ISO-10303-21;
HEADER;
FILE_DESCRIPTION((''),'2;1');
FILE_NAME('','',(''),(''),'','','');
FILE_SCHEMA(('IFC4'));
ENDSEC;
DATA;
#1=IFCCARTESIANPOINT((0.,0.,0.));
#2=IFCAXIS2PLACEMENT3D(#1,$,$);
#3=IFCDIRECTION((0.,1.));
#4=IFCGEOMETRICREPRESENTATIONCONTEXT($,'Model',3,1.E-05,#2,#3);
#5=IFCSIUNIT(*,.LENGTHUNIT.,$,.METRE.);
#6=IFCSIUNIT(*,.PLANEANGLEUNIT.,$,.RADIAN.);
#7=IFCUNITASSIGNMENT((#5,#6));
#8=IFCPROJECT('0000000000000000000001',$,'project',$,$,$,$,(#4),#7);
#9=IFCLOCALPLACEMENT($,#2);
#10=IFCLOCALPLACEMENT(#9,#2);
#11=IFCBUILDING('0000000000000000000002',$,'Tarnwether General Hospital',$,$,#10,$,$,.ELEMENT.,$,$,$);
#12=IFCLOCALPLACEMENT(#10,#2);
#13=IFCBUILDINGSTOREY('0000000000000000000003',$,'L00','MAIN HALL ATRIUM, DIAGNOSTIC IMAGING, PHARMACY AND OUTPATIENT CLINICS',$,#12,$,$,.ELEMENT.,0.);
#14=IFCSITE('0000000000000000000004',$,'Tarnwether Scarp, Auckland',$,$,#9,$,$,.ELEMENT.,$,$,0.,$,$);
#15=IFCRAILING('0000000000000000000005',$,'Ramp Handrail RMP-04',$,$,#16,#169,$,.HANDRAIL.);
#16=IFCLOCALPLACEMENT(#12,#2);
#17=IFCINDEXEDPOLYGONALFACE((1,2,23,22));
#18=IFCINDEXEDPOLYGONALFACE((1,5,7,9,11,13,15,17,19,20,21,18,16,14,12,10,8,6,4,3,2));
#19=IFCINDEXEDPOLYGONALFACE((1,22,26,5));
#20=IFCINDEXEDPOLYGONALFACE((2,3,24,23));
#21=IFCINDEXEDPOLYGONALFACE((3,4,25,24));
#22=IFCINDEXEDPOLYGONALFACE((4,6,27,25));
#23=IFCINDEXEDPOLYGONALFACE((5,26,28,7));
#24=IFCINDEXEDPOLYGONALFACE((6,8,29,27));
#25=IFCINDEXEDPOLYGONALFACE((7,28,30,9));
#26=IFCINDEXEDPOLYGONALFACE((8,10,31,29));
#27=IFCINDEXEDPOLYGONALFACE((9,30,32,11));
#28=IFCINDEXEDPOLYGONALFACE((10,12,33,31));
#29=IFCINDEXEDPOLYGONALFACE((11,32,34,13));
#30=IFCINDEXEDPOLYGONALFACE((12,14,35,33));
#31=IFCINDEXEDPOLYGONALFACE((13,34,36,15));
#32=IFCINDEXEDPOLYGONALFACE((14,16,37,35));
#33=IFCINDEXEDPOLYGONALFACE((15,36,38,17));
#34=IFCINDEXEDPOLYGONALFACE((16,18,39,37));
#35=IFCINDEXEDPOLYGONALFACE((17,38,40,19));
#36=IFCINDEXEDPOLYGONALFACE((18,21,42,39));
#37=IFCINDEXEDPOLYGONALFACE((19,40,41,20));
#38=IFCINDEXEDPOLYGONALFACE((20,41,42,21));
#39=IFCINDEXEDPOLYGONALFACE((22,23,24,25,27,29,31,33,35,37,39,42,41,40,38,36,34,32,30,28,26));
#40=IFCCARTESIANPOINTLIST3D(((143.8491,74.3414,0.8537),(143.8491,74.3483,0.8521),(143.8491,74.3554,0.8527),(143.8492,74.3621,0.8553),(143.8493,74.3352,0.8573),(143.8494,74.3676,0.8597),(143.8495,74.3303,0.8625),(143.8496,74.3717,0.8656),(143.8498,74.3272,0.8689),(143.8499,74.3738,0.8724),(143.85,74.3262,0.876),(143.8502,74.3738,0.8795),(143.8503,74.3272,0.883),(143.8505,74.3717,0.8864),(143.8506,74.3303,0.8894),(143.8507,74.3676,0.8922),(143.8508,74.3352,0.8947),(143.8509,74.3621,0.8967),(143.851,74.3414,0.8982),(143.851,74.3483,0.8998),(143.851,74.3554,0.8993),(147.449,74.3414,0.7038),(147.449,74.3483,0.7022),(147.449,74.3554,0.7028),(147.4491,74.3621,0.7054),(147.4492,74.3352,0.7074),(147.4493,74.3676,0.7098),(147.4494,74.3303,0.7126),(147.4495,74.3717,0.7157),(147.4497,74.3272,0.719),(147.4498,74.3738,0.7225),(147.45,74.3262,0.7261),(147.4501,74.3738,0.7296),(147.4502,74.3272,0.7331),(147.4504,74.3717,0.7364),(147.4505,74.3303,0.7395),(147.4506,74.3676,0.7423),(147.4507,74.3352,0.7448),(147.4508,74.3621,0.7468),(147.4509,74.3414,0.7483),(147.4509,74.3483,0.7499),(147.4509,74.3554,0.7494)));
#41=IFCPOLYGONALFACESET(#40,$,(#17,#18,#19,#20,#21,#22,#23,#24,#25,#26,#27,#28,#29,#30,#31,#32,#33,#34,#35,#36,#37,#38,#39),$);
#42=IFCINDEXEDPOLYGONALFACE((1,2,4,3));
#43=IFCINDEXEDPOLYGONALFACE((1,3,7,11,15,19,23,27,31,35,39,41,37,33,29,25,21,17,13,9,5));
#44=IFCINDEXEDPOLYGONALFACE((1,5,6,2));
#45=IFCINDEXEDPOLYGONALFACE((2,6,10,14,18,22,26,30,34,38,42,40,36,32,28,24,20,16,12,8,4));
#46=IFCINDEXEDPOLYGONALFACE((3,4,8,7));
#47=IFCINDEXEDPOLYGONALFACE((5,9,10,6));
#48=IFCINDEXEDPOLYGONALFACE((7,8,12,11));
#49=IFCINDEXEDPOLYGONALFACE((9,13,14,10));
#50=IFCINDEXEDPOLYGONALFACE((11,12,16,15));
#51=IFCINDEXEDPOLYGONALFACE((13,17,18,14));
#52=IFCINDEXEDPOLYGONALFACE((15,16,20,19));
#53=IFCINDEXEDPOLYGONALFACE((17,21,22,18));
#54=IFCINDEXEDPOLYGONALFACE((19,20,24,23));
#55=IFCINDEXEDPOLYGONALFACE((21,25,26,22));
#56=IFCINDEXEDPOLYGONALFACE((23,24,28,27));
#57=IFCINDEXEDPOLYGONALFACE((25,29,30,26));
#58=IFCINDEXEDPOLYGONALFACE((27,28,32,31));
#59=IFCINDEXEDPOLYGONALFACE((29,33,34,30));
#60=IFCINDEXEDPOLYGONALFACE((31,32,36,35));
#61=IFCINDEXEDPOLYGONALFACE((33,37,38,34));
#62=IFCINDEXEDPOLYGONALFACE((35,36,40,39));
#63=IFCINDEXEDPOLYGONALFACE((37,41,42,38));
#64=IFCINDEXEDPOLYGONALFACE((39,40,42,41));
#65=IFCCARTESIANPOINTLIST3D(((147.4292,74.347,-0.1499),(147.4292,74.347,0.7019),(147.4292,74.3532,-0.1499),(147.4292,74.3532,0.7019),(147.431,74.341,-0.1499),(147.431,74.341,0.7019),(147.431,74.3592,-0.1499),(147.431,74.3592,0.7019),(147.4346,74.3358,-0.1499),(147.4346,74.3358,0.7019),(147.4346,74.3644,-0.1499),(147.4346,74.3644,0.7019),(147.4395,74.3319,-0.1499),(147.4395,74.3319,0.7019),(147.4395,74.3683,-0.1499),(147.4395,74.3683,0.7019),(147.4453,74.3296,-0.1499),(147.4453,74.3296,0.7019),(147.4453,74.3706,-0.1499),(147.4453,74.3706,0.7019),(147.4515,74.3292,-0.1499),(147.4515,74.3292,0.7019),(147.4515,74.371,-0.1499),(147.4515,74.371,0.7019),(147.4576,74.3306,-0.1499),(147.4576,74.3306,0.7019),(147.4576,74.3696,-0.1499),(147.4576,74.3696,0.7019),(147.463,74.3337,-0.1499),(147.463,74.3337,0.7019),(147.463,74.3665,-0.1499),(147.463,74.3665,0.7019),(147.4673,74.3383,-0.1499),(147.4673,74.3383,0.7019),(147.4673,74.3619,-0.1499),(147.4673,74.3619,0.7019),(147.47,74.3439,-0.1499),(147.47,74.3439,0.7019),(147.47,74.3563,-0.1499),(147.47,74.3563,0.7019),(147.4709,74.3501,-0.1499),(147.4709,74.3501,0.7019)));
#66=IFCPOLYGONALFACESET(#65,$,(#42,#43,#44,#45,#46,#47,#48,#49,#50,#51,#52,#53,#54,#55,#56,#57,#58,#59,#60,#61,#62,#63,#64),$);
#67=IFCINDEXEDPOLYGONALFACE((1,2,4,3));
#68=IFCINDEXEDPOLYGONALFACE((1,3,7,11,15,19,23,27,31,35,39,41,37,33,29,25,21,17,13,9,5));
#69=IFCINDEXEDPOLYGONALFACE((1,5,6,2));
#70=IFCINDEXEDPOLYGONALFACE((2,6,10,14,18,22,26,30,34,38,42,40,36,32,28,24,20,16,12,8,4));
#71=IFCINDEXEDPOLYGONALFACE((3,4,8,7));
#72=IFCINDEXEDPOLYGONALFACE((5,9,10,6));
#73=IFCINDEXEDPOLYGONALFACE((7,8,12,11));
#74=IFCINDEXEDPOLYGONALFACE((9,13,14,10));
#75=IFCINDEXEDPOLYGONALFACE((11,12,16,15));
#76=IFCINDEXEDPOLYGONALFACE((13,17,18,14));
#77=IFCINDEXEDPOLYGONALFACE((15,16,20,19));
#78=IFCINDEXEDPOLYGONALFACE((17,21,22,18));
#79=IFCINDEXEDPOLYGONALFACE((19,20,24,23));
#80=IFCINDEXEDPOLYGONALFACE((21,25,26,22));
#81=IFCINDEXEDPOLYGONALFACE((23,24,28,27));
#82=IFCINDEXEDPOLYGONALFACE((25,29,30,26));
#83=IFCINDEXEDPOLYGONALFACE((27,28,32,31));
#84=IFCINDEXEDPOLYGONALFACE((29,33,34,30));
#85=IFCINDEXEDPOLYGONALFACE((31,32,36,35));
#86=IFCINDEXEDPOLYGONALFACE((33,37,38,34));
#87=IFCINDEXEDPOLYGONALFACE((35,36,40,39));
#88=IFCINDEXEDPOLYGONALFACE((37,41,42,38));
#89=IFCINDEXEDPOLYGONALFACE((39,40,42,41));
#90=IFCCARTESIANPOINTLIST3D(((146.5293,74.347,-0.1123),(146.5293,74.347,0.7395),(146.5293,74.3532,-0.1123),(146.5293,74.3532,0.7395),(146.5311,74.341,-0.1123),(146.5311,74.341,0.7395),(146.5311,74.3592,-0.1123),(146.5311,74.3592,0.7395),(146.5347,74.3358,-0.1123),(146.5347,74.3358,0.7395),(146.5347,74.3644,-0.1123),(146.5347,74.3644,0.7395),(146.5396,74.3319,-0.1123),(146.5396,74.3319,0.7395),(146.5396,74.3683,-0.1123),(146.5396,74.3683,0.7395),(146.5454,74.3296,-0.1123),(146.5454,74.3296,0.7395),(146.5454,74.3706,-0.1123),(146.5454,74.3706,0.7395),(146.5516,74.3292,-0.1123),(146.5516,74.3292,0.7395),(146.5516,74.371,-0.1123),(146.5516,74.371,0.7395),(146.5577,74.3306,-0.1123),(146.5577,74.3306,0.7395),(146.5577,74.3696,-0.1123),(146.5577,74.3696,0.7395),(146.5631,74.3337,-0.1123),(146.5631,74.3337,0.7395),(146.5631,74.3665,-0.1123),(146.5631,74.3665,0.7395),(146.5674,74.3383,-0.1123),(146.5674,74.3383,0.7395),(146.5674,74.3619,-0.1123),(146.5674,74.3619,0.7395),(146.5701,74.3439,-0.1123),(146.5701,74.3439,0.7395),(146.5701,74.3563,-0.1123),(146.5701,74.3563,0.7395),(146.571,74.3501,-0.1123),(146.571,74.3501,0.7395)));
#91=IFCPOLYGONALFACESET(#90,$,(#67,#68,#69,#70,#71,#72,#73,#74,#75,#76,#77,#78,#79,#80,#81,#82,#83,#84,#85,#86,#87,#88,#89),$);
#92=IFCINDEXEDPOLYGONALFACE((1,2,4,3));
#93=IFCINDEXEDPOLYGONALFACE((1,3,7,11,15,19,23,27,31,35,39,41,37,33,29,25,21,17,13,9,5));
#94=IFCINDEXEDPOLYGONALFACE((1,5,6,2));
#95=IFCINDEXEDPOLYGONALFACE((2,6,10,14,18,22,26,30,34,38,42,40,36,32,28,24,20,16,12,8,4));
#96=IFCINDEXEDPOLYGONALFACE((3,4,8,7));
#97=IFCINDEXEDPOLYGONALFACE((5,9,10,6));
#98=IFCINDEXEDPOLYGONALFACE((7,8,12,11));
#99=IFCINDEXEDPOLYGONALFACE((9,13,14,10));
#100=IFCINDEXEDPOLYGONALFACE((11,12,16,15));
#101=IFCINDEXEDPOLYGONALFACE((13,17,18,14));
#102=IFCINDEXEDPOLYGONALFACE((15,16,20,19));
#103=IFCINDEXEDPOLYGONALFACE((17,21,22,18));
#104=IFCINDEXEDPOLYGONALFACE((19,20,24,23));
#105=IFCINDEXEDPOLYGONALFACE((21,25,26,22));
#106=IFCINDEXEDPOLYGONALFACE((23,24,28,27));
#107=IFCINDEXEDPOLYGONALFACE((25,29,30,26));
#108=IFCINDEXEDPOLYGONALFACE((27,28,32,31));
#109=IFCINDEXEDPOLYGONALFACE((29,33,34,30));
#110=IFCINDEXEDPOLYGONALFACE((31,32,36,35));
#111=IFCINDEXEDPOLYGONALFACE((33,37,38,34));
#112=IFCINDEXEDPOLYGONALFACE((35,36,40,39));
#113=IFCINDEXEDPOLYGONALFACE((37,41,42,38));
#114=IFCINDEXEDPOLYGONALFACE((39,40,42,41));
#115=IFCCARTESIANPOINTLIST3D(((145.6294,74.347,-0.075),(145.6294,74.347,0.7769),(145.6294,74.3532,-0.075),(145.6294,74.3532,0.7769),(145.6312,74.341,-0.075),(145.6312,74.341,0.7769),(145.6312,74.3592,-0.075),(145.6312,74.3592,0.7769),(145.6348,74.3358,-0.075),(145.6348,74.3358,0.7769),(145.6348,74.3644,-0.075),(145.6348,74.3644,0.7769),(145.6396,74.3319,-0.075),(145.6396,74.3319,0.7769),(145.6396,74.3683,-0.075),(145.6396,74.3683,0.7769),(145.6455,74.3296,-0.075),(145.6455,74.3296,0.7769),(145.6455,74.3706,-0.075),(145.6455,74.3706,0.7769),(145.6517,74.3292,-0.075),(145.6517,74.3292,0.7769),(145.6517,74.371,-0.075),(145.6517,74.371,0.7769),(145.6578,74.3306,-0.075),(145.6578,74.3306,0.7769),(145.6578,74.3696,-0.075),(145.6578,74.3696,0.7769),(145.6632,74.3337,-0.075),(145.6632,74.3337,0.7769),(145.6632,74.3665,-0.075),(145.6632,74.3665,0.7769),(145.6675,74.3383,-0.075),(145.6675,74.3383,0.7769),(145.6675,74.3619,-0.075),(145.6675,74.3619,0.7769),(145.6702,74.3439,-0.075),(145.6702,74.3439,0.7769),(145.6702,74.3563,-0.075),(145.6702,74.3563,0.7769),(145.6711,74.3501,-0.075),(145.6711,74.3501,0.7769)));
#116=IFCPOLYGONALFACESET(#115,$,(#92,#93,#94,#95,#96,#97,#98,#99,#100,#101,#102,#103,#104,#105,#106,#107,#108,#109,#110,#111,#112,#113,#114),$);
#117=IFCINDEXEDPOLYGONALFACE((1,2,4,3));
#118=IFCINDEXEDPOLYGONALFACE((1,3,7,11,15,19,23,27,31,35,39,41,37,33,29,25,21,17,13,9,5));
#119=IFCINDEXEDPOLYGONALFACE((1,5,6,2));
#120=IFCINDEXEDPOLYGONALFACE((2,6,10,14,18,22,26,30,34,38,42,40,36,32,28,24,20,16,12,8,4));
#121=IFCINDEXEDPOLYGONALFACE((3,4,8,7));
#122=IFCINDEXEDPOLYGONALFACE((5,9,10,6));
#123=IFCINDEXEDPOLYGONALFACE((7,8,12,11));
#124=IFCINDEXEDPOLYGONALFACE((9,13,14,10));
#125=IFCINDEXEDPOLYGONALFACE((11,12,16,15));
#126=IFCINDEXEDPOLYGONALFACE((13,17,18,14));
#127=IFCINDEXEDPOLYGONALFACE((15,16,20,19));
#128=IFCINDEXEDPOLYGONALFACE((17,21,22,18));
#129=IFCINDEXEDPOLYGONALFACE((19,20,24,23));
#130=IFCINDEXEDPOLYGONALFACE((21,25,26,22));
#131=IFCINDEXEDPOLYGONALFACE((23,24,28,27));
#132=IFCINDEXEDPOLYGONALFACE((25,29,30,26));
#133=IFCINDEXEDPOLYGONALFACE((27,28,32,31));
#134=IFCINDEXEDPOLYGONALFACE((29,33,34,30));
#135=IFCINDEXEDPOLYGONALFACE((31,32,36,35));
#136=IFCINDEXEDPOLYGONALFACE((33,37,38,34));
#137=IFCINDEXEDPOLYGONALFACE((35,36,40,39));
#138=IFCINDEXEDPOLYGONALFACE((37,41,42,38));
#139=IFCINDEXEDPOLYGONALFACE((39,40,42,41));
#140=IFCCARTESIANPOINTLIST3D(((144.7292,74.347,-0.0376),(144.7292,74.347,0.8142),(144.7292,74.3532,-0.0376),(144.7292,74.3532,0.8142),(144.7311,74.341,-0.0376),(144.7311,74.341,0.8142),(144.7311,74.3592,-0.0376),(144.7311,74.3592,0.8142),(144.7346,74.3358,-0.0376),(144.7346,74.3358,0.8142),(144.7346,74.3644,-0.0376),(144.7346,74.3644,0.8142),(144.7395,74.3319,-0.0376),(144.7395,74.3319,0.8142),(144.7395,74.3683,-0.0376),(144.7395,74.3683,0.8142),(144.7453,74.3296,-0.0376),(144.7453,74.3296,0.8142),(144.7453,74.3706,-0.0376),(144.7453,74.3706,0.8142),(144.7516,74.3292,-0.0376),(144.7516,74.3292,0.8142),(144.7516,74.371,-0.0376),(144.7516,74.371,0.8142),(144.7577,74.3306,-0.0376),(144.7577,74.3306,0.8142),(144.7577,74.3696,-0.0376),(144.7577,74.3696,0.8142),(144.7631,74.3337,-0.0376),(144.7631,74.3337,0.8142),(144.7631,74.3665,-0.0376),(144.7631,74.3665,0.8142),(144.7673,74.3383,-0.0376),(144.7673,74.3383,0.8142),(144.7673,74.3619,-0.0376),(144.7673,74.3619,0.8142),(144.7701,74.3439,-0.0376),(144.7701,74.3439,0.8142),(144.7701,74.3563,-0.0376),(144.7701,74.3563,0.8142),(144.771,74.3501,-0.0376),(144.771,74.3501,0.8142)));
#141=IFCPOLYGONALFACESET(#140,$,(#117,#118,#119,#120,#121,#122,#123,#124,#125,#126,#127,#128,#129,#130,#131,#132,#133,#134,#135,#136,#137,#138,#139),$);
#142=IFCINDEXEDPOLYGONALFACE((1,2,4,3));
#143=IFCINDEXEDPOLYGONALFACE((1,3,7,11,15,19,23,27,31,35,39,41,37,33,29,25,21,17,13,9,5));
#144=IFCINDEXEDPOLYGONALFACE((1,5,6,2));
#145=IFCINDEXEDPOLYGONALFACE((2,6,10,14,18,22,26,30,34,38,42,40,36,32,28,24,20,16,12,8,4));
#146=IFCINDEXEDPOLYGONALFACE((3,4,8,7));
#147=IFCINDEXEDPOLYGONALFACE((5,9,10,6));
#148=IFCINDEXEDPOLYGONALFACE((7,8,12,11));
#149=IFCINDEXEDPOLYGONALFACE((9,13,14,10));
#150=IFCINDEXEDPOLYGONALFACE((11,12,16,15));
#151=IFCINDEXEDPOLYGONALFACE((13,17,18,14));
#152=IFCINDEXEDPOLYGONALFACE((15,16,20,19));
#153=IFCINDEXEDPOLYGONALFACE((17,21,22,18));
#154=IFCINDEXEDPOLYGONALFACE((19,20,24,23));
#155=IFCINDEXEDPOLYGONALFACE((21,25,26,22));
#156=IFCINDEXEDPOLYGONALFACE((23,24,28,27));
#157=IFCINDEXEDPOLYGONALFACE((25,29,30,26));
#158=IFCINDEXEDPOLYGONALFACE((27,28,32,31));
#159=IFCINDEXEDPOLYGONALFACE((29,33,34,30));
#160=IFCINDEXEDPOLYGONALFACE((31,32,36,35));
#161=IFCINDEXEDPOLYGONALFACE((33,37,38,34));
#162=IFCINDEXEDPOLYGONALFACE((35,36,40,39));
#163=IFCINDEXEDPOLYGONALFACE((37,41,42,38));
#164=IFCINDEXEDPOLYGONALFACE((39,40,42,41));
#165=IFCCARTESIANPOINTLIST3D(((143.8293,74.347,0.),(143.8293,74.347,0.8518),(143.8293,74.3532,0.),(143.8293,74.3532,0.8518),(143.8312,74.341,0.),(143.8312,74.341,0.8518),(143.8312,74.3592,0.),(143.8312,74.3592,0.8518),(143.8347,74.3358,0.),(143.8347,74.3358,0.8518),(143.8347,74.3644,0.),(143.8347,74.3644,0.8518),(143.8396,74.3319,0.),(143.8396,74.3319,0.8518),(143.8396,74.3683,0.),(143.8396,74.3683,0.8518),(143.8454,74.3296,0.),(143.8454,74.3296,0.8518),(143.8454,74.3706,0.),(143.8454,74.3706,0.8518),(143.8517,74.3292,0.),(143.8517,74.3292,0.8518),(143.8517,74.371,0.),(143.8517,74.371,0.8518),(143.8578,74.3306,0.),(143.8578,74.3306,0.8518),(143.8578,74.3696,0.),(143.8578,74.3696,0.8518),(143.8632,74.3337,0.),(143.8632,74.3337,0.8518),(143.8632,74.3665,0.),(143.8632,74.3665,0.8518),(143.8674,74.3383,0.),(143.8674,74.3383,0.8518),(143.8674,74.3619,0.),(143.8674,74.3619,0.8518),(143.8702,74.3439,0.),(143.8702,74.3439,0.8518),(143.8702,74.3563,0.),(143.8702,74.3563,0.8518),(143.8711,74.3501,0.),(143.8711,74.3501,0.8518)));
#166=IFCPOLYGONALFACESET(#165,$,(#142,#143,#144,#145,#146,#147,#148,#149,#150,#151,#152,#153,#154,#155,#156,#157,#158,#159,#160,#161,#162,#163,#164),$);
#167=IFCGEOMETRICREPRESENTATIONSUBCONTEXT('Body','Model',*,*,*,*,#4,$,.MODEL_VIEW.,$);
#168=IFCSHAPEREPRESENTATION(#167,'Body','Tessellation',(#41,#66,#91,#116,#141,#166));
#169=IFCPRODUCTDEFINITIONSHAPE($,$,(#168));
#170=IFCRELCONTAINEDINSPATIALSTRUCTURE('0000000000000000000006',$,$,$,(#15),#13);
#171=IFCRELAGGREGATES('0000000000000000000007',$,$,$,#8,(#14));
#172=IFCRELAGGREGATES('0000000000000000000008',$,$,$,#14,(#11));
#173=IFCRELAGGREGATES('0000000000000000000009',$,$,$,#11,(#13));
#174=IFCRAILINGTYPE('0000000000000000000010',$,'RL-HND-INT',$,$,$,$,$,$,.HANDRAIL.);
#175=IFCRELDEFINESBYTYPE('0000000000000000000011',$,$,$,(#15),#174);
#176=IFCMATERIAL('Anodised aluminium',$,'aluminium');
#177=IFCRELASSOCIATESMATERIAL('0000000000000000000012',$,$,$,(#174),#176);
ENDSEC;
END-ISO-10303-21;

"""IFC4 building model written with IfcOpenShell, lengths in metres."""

from ifc_helpers import new_model, si_unit, direction, frame, origin, origin_2d, place, context, subcontext, project, spatial, circle, extrude, material, type_object, element, save


model = new_model("IFC4")

# Units and contexts
model_context = context("Model", 3, precision=1e-05, world=origin(), true_north=direction((0.0, 1.0)))
body_context = subcontext(model_context, "Body", "Model", "MODEL_VIEW")
ifc_project = project(units=[si_unit("LENGTHUNIT", "METRE"), si_unit("PLANEANGLEUNIT", "RADIAN")], contexts=[model_context])

# Site, building, storey
site_placement = place(None, origin())
site = spatial("IfcSite", under=ifc_project, at=site_placement, Name="Tarnwether Scarp, Auckland", CompositionType="ELEMENT", RefElevation=0.0)
building_placement = place(site_placement, origin())
building = spatial("IfcBuilding", under=site, at=building_placement, Name="Tarnwether General Hospital", CompositionType="ELEMENT")
storey_placement = place(building_placement, origin())
storey = spatial("IfcBuildingStorey", under=building, at=storey_placement, Name="L00", Description="MAIN HALL ATRIUM, DIAGNOSTIC IMAGING, PHARMACY AND OUTPATIENT CLINICS", CompositionType="ELEMENT", Elevation=0.0)

# Railing
ifc_material_1 = material(Name="Anodised aluminium", Category="aluminium")
railing_type = type_object("IfcRailingType", Name="RL-HND-INT", PredefinedType="HANDRAIL", material=ifc_material_1)
for number, where, name in (
    (1, (147.45, 74.3501, -0.1499), "Ramp Handrail RMP-04"),
):
    element("IfcRailing", number, at=place(storey_placement, frame(where)), inside=storey, type_object=railing_type, Name=name, PredefinedType="HANDRAIL", context=body_context, shape_type="SweptSolid", body=[
        extrude(circle(Radius=0.0239, at=origin_2d()), frame((0.0, 0.0, 0.876), z_axis=(-0.999134, 0.0, 0.041605), x_axis=(0.0, -1.0, 0.0)), (0.0, 0.0, 1.0), 3.603),
        extrude(circle(Radius=0.021, at=origin_2d()), origin(), (0.0, 0.0, 1.0), 0.8518),
        extrude(circle(Radius=0.021, at=origin_2d()), frame((-0.8999, 0.0, 0.0376)), (0.0, 0.0, 1.0), 0.8518),
        extrude(circle(Radius=0.021, at=origin_2d()), frame((-1.7998, 0.0, 0.075)), (0.0, 0.0, 1.0), 0.8518),
        extrude(circle(Radius=0.021, at=origin_2d()), frame((-2.7, 0.0, 0.1123)), (0.0, 0.0, 1.0), 0.8518),
        extrude(circle(Radius=0.021, at=origin_2d()), frame((-3.5999, 0.0, 0.1499)), (0.0, 0.0, 1.0), 0.8518),
    ])

save(model, "model.ifc")
